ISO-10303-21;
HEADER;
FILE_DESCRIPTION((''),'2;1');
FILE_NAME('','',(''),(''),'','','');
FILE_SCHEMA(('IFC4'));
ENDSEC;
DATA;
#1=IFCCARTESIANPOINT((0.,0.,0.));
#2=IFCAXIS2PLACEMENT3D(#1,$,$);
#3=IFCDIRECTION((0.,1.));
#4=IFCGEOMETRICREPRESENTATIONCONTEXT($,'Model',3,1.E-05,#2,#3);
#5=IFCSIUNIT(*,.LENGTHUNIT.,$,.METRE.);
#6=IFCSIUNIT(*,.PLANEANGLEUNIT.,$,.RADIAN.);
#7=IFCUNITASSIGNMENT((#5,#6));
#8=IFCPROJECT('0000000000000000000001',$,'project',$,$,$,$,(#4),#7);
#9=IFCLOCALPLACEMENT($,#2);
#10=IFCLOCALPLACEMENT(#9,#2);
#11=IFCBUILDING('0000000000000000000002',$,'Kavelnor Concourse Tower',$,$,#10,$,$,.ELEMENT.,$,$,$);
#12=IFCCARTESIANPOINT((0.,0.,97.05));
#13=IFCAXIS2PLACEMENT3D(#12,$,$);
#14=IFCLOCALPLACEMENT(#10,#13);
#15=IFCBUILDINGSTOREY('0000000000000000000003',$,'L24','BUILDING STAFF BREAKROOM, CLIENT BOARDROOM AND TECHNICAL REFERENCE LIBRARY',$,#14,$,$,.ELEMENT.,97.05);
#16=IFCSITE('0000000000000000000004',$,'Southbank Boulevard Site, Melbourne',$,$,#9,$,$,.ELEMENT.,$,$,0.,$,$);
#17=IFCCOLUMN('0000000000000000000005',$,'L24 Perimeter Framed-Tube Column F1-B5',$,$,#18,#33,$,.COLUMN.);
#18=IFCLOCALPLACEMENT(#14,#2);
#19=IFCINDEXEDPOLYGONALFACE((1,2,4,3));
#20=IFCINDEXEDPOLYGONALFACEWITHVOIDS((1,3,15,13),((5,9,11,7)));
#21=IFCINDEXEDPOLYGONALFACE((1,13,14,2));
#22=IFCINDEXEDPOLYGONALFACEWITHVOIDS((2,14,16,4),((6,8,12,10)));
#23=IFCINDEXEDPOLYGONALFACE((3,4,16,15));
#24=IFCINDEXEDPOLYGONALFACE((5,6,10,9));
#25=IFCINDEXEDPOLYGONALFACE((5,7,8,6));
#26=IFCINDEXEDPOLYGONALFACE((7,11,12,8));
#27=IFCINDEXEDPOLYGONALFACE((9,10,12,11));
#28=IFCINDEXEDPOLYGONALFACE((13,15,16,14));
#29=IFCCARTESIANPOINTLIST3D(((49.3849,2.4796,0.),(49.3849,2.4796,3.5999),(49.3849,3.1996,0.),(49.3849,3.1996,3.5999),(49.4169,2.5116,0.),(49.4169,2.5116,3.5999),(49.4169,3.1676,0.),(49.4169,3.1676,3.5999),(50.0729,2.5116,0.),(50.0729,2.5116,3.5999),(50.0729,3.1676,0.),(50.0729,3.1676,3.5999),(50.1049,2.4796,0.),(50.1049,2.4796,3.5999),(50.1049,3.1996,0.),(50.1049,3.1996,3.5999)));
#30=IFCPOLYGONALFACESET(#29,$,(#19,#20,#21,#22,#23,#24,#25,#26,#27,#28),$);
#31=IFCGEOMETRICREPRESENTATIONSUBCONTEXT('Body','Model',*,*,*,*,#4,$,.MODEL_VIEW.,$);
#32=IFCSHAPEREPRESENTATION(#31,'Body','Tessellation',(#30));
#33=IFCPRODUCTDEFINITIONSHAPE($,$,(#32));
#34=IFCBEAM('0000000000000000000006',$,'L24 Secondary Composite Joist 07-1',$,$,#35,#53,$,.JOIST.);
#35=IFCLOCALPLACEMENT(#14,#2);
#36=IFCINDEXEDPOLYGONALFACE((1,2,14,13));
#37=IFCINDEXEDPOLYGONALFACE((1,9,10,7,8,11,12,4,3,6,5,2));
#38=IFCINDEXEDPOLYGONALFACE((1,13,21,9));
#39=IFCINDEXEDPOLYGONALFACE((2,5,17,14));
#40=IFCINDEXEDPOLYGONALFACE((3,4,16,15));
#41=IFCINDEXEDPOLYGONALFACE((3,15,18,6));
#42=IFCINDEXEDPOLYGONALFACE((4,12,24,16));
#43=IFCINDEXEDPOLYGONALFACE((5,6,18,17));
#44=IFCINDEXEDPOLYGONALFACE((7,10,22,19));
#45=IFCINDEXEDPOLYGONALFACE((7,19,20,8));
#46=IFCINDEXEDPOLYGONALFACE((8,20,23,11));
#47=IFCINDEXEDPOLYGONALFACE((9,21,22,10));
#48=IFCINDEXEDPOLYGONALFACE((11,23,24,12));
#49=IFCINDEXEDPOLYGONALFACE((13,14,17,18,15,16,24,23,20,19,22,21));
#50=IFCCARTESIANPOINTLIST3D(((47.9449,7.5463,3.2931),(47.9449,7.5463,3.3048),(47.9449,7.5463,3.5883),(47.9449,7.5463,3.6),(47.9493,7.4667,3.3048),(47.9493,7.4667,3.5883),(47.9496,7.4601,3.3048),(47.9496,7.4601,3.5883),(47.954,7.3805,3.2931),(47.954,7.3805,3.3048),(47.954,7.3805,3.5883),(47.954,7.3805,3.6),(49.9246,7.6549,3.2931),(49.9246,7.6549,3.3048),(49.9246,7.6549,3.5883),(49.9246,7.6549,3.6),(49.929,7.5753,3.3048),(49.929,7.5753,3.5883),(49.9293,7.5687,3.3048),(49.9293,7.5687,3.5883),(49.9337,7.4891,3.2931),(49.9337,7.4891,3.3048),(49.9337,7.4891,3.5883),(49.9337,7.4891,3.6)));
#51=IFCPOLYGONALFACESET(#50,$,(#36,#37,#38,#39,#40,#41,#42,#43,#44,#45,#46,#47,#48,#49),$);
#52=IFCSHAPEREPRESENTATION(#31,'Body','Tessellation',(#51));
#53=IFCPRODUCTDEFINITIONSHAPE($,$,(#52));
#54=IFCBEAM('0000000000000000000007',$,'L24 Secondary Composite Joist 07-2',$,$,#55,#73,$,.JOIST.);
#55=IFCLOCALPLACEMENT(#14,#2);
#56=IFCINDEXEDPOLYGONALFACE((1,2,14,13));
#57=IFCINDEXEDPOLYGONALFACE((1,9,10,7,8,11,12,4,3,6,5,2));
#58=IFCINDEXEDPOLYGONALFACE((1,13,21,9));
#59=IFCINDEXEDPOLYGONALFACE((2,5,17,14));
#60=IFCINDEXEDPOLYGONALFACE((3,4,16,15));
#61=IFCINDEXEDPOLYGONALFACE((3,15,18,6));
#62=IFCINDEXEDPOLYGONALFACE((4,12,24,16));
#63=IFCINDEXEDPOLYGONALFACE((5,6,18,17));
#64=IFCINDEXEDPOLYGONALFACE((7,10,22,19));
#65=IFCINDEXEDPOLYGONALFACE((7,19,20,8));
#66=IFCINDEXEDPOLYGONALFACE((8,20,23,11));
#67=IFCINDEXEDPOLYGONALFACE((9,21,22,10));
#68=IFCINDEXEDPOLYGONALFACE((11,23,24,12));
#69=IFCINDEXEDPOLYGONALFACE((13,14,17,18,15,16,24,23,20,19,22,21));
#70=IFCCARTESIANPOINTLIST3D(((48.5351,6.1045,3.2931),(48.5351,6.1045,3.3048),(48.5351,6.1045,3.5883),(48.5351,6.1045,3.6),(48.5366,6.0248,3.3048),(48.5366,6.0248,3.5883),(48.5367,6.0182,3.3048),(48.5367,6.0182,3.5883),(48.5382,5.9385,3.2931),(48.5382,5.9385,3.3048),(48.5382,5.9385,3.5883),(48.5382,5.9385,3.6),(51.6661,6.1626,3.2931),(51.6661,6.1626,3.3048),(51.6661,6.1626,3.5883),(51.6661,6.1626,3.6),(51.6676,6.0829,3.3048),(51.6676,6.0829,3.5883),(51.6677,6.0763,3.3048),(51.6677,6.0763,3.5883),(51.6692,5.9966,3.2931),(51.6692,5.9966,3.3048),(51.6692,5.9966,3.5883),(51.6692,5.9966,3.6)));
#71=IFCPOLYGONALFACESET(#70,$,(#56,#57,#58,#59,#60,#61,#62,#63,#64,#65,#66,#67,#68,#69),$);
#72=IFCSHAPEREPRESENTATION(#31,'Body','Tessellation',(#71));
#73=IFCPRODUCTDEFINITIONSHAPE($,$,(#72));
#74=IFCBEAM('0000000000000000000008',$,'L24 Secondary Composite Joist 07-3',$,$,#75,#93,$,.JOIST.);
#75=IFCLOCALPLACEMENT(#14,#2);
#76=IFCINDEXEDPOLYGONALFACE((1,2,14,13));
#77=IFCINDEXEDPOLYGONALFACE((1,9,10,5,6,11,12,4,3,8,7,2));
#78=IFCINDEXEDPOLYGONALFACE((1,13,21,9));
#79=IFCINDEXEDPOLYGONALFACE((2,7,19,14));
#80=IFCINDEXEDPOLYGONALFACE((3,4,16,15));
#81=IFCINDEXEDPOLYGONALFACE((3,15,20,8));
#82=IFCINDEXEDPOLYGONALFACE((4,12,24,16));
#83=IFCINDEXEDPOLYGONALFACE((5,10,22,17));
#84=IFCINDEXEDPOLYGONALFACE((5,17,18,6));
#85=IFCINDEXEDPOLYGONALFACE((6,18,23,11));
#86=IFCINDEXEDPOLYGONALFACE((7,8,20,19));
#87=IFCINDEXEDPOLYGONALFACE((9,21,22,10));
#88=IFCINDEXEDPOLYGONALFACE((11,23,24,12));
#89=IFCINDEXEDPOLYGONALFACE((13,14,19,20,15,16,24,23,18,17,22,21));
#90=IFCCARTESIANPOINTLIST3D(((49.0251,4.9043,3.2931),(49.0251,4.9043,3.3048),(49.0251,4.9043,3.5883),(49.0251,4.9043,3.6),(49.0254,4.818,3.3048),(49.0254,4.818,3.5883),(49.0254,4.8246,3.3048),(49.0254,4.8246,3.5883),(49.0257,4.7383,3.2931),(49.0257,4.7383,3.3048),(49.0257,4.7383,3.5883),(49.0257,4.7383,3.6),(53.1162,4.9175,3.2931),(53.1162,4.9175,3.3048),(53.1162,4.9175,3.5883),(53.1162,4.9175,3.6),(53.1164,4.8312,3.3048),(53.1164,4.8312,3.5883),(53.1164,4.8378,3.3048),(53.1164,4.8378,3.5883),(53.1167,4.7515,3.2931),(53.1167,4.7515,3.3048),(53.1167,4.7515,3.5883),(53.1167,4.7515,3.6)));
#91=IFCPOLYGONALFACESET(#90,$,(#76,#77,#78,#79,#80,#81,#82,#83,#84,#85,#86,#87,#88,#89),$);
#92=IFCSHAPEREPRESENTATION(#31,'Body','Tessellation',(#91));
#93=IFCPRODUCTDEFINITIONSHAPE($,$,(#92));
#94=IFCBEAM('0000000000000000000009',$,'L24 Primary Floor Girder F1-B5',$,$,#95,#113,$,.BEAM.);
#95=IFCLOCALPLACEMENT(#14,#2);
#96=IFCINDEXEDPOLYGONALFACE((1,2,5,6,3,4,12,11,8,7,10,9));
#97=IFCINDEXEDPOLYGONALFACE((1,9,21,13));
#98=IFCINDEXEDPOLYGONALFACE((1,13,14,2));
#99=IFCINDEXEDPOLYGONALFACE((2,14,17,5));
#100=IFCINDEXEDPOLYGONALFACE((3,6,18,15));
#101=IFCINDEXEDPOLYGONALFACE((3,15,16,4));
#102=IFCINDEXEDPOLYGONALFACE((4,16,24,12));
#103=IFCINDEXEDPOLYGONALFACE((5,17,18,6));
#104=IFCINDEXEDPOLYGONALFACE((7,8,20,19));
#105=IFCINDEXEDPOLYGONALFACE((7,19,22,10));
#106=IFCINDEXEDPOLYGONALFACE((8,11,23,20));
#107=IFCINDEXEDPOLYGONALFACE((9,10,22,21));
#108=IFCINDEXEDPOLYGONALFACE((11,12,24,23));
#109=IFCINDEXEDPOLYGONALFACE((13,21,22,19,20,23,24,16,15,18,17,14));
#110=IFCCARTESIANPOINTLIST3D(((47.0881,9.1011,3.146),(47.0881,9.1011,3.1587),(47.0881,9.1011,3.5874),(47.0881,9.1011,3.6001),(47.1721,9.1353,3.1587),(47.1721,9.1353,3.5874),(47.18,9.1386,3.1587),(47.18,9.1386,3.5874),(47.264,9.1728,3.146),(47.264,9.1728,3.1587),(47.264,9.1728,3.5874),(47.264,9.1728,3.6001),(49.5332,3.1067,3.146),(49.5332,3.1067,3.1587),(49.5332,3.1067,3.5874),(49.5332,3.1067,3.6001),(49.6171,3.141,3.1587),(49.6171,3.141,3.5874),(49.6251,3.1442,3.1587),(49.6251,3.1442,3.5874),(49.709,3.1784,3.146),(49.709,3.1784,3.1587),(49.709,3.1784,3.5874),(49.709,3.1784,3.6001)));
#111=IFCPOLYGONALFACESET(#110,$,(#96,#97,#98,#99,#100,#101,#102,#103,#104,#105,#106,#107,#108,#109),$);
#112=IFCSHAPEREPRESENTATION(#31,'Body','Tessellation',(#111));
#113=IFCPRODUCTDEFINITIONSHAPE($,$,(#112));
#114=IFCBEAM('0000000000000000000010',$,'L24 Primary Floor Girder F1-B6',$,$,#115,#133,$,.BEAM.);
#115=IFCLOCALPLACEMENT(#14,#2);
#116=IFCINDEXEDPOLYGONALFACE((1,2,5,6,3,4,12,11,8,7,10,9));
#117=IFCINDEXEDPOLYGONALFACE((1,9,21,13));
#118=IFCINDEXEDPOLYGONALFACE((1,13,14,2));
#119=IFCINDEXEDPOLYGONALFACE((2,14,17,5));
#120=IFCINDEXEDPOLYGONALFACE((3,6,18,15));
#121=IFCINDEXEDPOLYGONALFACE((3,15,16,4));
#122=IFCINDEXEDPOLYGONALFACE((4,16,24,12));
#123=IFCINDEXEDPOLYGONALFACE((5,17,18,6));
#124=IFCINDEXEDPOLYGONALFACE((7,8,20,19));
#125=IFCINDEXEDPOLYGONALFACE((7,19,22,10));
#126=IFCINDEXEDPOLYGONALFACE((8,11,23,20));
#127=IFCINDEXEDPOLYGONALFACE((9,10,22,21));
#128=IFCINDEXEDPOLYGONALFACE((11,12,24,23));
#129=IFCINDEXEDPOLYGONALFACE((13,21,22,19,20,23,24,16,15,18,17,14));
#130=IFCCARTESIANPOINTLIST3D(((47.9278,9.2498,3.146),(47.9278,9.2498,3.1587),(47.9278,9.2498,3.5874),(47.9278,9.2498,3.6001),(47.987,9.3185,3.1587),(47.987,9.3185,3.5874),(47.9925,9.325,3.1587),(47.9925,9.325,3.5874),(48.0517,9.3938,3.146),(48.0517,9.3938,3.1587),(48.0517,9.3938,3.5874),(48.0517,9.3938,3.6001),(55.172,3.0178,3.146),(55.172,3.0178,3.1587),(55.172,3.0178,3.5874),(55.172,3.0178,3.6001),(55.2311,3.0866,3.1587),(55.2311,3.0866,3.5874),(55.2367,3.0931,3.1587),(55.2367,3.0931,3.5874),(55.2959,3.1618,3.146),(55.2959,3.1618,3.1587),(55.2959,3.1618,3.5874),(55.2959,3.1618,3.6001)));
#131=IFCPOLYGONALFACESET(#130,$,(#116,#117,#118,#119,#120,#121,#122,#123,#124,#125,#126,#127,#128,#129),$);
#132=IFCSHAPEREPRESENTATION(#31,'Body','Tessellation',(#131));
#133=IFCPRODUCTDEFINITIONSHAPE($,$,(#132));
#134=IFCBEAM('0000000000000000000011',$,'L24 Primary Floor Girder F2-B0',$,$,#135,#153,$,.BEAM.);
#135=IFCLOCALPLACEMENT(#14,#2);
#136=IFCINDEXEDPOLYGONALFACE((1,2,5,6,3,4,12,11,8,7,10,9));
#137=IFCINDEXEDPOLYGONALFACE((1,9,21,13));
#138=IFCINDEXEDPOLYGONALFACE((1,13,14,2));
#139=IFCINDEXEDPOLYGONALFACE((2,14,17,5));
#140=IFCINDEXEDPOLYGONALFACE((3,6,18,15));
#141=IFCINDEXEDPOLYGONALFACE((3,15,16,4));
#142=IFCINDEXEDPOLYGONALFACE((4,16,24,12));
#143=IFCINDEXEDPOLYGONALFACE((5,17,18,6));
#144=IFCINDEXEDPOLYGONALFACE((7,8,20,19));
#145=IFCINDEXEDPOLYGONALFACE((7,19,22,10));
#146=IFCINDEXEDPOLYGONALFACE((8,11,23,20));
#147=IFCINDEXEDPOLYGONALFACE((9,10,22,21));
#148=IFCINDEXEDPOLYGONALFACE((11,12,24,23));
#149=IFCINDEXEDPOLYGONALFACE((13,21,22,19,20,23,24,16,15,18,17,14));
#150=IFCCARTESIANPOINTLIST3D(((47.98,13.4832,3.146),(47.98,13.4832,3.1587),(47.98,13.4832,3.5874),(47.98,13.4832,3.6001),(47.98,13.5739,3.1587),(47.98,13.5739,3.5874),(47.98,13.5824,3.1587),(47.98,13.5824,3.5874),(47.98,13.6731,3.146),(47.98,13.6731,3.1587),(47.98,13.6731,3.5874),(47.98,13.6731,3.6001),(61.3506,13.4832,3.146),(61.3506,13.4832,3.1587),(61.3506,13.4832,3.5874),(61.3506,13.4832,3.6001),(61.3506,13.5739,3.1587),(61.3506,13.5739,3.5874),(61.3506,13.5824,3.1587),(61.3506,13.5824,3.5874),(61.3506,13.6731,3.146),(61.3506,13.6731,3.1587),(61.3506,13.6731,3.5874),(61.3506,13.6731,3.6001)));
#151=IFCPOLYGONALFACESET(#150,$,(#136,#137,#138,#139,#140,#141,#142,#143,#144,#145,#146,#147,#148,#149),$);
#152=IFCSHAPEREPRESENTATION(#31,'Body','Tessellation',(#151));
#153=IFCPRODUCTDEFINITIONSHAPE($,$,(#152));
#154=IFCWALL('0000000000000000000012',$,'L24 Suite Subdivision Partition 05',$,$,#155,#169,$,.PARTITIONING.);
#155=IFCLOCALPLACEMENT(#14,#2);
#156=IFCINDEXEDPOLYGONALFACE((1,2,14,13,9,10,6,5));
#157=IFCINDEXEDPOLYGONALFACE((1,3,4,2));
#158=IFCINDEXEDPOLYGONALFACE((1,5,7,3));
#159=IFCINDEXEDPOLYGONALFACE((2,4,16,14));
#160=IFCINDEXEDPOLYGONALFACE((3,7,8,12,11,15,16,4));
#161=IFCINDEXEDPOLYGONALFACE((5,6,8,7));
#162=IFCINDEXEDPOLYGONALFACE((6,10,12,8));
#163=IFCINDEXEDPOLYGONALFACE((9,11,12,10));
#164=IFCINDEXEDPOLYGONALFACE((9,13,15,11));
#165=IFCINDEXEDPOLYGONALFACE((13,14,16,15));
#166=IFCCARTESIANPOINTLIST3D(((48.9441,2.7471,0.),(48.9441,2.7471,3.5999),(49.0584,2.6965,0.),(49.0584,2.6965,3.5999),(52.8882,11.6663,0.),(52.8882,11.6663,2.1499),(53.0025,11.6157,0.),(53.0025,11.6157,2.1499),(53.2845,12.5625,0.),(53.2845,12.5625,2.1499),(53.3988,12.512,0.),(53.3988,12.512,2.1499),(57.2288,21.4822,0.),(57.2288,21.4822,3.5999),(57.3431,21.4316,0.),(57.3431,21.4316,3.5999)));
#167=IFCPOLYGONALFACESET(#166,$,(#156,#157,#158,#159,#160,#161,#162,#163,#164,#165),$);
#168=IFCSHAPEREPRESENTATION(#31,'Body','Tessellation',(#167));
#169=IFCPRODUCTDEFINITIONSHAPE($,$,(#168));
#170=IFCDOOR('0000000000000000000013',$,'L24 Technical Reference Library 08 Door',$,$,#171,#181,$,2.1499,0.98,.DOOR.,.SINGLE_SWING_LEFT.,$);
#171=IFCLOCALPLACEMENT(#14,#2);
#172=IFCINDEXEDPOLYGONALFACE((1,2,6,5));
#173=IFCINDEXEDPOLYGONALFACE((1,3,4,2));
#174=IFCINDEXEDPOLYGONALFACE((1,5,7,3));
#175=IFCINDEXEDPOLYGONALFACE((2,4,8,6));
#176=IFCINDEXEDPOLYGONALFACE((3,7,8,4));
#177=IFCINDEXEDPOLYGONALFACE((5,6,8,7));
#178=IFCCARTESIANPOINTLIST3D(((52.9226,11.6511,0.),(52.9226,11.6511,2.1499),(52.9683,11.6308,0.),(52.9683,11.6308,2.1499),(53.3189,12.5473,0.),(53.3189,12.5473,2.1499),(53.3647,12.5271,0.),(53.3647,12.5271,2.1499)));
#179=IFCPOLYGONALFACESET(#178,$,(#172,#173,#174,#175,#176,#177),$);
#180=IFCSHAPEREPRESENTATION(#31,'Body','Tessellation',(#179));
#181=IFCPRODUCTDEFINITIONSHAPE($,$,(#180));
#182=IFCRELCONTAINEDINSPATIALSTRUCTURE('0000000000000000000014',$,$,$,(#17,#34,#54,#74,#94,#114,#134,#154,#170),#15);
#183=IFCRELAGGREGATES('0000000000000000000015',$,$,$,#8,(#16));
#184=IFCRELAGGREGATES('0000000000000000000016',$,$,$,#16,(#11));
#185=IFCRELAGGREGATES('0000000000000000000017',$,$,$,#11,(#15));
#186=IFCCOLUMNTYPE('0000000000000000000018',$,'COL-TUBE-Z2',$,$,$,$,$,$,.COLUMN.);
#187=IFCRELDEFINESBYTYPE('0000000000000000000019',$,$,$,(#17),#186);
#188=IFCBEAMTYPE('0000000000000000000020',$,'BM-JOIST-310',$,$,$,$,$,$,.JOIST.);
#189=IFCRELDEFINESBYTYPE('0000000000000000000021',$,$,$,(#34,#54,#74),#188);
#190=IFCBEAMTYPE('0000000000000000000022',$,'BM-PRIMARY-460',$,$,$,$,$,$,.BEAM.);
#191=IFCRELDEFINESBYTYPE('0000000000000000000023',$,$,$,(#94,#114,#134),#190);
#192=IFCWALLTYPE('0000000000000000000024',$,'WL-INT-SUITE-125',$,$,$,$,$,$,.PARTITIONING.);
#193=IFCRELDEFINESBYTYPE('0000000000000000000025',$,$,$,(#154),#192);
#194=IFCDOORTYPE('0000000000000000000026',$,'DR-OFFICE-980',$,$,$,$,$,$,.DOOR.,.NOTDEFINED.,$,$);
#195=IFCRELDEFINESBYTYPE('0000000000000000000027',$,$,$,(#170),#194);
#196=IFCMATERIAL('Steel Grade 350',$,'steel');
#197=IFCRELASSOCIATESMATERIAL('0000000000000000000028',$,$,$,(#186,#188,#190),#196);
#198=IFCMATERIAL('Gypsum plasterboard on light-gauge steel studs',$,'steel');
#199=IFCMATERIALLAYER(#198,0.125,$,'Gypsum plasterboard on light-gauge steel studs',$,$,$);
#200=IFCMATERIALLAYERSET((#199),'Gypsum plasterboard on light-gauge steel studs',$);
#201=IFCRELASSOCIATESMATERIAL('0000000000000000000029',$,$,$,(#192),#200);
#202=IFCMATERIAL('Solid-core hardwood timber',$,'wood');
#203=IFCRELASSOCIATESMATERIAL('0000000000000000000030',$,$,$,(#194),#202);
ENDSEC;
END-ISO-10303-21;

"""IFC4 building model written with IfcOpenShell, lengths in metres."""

from ifc_helpers import new_model, si_unit, direction, frame, frame_2d, origin, origin_2d, place, context, subcontext, project, spatial, rectangle, hollow_rectangle, i_section, extrude, material, layer, layer_set, material_profile, profile_set, type_object, element, fill, save


model = new_model("IFC4")

# Units and contexts
model_context = context("Model", 3, precision=1e-05, world=origin(), true_north=direction((0.0, 1.0)))
body_context = subcontext(model_context, "Body", "Model", "MODEL_VIEW")
ifc_project = project(units=[si_unit("LENGTHUNIT", "METRE"), si_unit("PLANEANGLEUNIT", "RADIAN")], contexts=[model_context])

# Site, building, storey
site_placement = place(None, origin())
site = spatial("IfcSite", under=ifc_project, at=site_placement, Name="Southbank Boulevard Site, Melbourne", CompositionType="ELEMENT", RefElevation=0.0)
building_placement = place(site_placement, origin())
building = spatial("IfcBuilding", under=site, at=building_placement, Name="Kavelnor Concourse Tower", CompositionType="ELEMENT")
storey_placement = place(building_placement, frame((0.0, 0.0, 97.05)))
storey = spatial("IfcBuildingStorey", under=building, at=storey_placement, Name="L24", Description="BUILDING STAFF BREAKROOM, CLIENT BOARDROOM AND TECHNICAL REFERENCE LIBRARY", CompositionType="ELEMENT", Elevation=97.05)

# Column
ifc_material_1 = material(Name="Steel Grade 350", Category="steel")
ifc_material_profile_1 = material_profile(ifc_material_1, hollow_rectangle(XDim=0.72, YDim=0.72, WallThickness=0.032, at=origin_2d()), Name="SHS 720x720x32")
ifc_profile_set_1 = profile_set([ifc_material_profile_1], Name="Steel Grade 350")
column_type = type_object("IfcColumnType", Name="COL-TUBE-Z2", PredefinedType="COLUMN", material=ifc_profile_set_1)
column_placement = place(storey_placement, frame((49.7449, 2.8396, 0.0), z_axis=(0.0, 0.0, 1.0), x_axis=(1.0, 0.0, 0.0)))
element("IfcColumn", 1, at=column_placement, inside=storey, type_object=column_type, Name="L24 Perimeter Framed-Tube Column F1-B5", PredefinedType="COLUMN", context=body_context, shape_type="SweptSolid", body=[
    extrude(hollow_rectangle(XDim=0.72, YDim=0.72, WallThickness=0.032, at=origin_2d()), origin(), (0.0, 0.0, 1.0), 3.5999),
])

# Beams
ifc_material_profile_2 = material_profile(ifc_material_1, i_section(OverallWidth=0.166, OverallDepth=0.3069, WebThickness=0.0066, FlangeThickness=0.0117, at=origin_2d()), Name="310UB46")
ifc_profile_set_2 = profile_set([ifc_material_profile_2], Name="Steel Grade 350")
beam_type_1 = type_object("IfcBeamType", Name="BM-JOIST-310", PredefinedType="JOIST", material=ifc_profile_set_2)
beam_1_placement = place(storey_placement, frame((47.9495, 7.4634, 3.4465), z_axis=(0.998498, 0.054795, 0.0), x_axis=(-0.054795, 0.998498, 0.0)))
element("IfcBeam", 2, at=beam_1_placement, inside=storey, type_object=beam_type_1, Name="L24 Secondary Composite Joist 07-1", PredefinedType="JOIST", context=body_context, shape_type="SweptSolid", body=[
    extrude(i_section(OverallWidth=0.166, OverallDepth=0.3069, WebThickness=0.0066, FlangeThickness=0.0117, at=origin_2d()), origin(), (0.0, 0.0, 1.0), 1.9827),
])
beam_2_placement = place(storey_placement, frame((48.5366, 6.0215, 3.4465), z_axis=(0.999828, 0.018554, 0.0), x_axis=(-0.018554, 0.999828, 0.0)))
element("IfcBeam", 3, at=beam_2_placement, inside=storey, type_object=beam_type_1, Name="L24 Secondary Composite Joist 07-2", PredefinedType="JOIST", context=body_context, shape_type="SweptSolid", body=[
    extrude(i_section(OverallWidth=0.166, OverallDepth=0.3069, WebThickness=0.0066, FlangeThickness=0.0117, at=origin_2d()), origin(), (0.0, 0.0, 1.0), 3.1316),
])
beam_3_placement = place(storey_placement, frame((49.0254, 4.8213, 3.4465), z_axis=(0.999995, 0.003223, 0.0), x_axis=(-0.003223, 0.999995, 0.0)))
element("IfcBeam", 4, at=beam_3_placement, inside=storey, type_object=beam_type_1, Name="L24 Secondary Composite Joist 07-3", PredefinedType="JOIST", context=body_context, shape_type="SweptSolid", body=[
    extrude(i_section(OverallWidth=0.166, OverallDepth=0.3069, WebThickness=0.0066, FlangeThickness=0.0117, at=origin_2d()), origin(), (0.0, 0.0, 1.0), 4.0911),
])
ifc_material_profile_3 = material_profile(ifc_material_1, i_section(OverallWidth=0.1899, OverallDepth=0.4541, WebThickness=0.0085, FlangeThickness=0.0127, at=origin_2d()), Name="460UB67")
ifc_profile_set_3 = profile_set([ifc_material_profile_3], Name="Steel Grade 350")
beam_type_2 = type_object("IfcBeamType", Name="BM-PRIMARY-460", PredefinedType="BEAM", material=ifc_profile_set_3)
beam_4_placement = place(storey_placement, frame((47.176, 9.137, 3.373), z_axis=(0.377683, -0.925935, 0.0), x_axis=(0.925935, 0.377683, 0.0)))
element("IfcBeam", 5, at=beam_4_placement, inside=storey, type_object=beam_type_2, Name="L24 Primary Floor Girder F1-B5", PredefinedType="BEAM", context=body_context, shape_type="SweptSolid", body=[
    extrude(i_section(OverallWidth=0.1899, OverallDepth=0.4541, WebThickness=0.0085, FlangeThickness=0.0127, at=origin_2d()), origin(), (0.0, 0.0, 1.0), 6.4739),
])
beam_5_placement = place(storey_placement, frame((47.9897, 9.3218, 3.373), z_axis=(0.758083, -0.652158, 0.0), x_axis=(0.652158, 0.758083, 0.0)))
element("IfcBeam", 6, at=beam_5_placement, inside=storey, type_object=beam_type_2, Name="L24 Primary Floor Girder F1-B6", PredefinedType="BEAM", context=body_context, shape_type="SweptSolid", body=[
    extrude(i_section(OverallWidth=0.1899, OverallDepth=0.4541, WebThickness=0.0085, FlangeThickness=0.0127, at=origin_2d()), origin(), (0.0, 0.0, 1.0), 9.5559),
])
beam_6_placement = place(storey_placement, frame((47.98, 13.5781, 3.373), z_axis=(1.0, 0.0, 0.0), x_axis=(0.0, 1.0, 0.0)))
element("IfcBeam", 7, at=beam_6_placement, inside=storey, type_object=beam_type_2, Name="L24 Primary Floor Girder F2-B0", PredefinedType="BEAM", context=body_context, shape_type="SweptSolid", body=[
    extrude(i_section(OverallWidth=0.1899, OverallDepth=0.4541, WebThickness=0.0085, FlangeThickness=0.0127, at=origin_2d()), origin(), (0.0, 0.0, 1.0), 13.3706),
])

# Wall, opening, door
ifc_material_2 = material(Name="Gypsum plasterboard on light-gauge steel studs", Category="steel")
ifc_layer_1 = layer(ifc_material_2, 0.125, Name="Gypsum plasterboard on light-gauge steel studs")
ifc_layer_set_1 = layer_set([ifc_layer_1], Name="Gypsum plasterboard on light-gauge steel studs")
wall_type_1 = type_object("IfcWallType", Name="WL-INT-SUITE-125", PredefinedType="PARTITIONING", material=ifc_layer_set_1)
wall_1_placement = place(storey_placement, frame((49.0012, 2.7217, 0.0), z_axis=(0.0, 0.0, 1.0), x_axis=(0.404424, 0.914572, 0.0)))
wall_1 = element("IfcWall", 8, at=wall_1_placement, inside=storey, type_object=wall_type_1, Name="L24 Suite Subdivision Partition 05", PredefinedType="PARTITIONING", context=body_context, shape_type="SweptSolid", body=[
    extrude(rectangle(XDim=20.4851, YDim=0.125, at=frame_2d((10.2427, 0.0))), origin(), (0.0, 0.0, 1.0), 3.5999),
])
opening_1_placement = place(wall_1_placement, frame((9.7524, 0.0, 0.0)))
opening_1 = element("IfcOpeningElement", 9, at=opening_1_placement, cuts=wall_1, PredefinedType="OPENING", context=body_context, shape_type="SweptSolid", body=[
    extrude(rectangle(XDim=0.98, YDim=2.1499, at=frame_2d((0.49, 1.075))), frame((0.0, 0.0725, 0.0), z_axis=(0.0, -1.0, 0.0), x_axis=(1.0, 0.0, 0.0)), (0.0, 0.0, 1.0), 0.145),
])
ifc_material_3 = material(Name="Solid-core hardwood timber", Category="wood")
door_type_1 = type_object("IfcDoorType", Name="DR-OFFICE-980", OperationType="NOTDEFINED", PredefinedType="DOOR", material=ifc_material_3)
door_1_placement = place(opening_1_placement, origin())
door_1 = element("IfcDoor", 10, at=door_1_placement, inside=storey, type_object=door_type_1, Name="L24 Technical Reference Library 08 Door", OperationType="SINGLE_SWING_LEFT", OverallHeight=2.1499, OverallWidth=0.98, PredefinedType="DOOR", context=body_context, shape_type="SweptSolid", body=[
    extrude(rectangle(XDim=0.98, YDim=2.1499, at=frame_2d((0.49, 1.075))), frame((0.0, 0.0249, 0.0), z_axis=(0.0, -1.0, 0.0), x_axis=(1.0, 0.0, 0.0)), (0.0, 0.0, 1.0), 0.05),
])
fill(opening_1, door_1)

save(model, "model.ifc")
